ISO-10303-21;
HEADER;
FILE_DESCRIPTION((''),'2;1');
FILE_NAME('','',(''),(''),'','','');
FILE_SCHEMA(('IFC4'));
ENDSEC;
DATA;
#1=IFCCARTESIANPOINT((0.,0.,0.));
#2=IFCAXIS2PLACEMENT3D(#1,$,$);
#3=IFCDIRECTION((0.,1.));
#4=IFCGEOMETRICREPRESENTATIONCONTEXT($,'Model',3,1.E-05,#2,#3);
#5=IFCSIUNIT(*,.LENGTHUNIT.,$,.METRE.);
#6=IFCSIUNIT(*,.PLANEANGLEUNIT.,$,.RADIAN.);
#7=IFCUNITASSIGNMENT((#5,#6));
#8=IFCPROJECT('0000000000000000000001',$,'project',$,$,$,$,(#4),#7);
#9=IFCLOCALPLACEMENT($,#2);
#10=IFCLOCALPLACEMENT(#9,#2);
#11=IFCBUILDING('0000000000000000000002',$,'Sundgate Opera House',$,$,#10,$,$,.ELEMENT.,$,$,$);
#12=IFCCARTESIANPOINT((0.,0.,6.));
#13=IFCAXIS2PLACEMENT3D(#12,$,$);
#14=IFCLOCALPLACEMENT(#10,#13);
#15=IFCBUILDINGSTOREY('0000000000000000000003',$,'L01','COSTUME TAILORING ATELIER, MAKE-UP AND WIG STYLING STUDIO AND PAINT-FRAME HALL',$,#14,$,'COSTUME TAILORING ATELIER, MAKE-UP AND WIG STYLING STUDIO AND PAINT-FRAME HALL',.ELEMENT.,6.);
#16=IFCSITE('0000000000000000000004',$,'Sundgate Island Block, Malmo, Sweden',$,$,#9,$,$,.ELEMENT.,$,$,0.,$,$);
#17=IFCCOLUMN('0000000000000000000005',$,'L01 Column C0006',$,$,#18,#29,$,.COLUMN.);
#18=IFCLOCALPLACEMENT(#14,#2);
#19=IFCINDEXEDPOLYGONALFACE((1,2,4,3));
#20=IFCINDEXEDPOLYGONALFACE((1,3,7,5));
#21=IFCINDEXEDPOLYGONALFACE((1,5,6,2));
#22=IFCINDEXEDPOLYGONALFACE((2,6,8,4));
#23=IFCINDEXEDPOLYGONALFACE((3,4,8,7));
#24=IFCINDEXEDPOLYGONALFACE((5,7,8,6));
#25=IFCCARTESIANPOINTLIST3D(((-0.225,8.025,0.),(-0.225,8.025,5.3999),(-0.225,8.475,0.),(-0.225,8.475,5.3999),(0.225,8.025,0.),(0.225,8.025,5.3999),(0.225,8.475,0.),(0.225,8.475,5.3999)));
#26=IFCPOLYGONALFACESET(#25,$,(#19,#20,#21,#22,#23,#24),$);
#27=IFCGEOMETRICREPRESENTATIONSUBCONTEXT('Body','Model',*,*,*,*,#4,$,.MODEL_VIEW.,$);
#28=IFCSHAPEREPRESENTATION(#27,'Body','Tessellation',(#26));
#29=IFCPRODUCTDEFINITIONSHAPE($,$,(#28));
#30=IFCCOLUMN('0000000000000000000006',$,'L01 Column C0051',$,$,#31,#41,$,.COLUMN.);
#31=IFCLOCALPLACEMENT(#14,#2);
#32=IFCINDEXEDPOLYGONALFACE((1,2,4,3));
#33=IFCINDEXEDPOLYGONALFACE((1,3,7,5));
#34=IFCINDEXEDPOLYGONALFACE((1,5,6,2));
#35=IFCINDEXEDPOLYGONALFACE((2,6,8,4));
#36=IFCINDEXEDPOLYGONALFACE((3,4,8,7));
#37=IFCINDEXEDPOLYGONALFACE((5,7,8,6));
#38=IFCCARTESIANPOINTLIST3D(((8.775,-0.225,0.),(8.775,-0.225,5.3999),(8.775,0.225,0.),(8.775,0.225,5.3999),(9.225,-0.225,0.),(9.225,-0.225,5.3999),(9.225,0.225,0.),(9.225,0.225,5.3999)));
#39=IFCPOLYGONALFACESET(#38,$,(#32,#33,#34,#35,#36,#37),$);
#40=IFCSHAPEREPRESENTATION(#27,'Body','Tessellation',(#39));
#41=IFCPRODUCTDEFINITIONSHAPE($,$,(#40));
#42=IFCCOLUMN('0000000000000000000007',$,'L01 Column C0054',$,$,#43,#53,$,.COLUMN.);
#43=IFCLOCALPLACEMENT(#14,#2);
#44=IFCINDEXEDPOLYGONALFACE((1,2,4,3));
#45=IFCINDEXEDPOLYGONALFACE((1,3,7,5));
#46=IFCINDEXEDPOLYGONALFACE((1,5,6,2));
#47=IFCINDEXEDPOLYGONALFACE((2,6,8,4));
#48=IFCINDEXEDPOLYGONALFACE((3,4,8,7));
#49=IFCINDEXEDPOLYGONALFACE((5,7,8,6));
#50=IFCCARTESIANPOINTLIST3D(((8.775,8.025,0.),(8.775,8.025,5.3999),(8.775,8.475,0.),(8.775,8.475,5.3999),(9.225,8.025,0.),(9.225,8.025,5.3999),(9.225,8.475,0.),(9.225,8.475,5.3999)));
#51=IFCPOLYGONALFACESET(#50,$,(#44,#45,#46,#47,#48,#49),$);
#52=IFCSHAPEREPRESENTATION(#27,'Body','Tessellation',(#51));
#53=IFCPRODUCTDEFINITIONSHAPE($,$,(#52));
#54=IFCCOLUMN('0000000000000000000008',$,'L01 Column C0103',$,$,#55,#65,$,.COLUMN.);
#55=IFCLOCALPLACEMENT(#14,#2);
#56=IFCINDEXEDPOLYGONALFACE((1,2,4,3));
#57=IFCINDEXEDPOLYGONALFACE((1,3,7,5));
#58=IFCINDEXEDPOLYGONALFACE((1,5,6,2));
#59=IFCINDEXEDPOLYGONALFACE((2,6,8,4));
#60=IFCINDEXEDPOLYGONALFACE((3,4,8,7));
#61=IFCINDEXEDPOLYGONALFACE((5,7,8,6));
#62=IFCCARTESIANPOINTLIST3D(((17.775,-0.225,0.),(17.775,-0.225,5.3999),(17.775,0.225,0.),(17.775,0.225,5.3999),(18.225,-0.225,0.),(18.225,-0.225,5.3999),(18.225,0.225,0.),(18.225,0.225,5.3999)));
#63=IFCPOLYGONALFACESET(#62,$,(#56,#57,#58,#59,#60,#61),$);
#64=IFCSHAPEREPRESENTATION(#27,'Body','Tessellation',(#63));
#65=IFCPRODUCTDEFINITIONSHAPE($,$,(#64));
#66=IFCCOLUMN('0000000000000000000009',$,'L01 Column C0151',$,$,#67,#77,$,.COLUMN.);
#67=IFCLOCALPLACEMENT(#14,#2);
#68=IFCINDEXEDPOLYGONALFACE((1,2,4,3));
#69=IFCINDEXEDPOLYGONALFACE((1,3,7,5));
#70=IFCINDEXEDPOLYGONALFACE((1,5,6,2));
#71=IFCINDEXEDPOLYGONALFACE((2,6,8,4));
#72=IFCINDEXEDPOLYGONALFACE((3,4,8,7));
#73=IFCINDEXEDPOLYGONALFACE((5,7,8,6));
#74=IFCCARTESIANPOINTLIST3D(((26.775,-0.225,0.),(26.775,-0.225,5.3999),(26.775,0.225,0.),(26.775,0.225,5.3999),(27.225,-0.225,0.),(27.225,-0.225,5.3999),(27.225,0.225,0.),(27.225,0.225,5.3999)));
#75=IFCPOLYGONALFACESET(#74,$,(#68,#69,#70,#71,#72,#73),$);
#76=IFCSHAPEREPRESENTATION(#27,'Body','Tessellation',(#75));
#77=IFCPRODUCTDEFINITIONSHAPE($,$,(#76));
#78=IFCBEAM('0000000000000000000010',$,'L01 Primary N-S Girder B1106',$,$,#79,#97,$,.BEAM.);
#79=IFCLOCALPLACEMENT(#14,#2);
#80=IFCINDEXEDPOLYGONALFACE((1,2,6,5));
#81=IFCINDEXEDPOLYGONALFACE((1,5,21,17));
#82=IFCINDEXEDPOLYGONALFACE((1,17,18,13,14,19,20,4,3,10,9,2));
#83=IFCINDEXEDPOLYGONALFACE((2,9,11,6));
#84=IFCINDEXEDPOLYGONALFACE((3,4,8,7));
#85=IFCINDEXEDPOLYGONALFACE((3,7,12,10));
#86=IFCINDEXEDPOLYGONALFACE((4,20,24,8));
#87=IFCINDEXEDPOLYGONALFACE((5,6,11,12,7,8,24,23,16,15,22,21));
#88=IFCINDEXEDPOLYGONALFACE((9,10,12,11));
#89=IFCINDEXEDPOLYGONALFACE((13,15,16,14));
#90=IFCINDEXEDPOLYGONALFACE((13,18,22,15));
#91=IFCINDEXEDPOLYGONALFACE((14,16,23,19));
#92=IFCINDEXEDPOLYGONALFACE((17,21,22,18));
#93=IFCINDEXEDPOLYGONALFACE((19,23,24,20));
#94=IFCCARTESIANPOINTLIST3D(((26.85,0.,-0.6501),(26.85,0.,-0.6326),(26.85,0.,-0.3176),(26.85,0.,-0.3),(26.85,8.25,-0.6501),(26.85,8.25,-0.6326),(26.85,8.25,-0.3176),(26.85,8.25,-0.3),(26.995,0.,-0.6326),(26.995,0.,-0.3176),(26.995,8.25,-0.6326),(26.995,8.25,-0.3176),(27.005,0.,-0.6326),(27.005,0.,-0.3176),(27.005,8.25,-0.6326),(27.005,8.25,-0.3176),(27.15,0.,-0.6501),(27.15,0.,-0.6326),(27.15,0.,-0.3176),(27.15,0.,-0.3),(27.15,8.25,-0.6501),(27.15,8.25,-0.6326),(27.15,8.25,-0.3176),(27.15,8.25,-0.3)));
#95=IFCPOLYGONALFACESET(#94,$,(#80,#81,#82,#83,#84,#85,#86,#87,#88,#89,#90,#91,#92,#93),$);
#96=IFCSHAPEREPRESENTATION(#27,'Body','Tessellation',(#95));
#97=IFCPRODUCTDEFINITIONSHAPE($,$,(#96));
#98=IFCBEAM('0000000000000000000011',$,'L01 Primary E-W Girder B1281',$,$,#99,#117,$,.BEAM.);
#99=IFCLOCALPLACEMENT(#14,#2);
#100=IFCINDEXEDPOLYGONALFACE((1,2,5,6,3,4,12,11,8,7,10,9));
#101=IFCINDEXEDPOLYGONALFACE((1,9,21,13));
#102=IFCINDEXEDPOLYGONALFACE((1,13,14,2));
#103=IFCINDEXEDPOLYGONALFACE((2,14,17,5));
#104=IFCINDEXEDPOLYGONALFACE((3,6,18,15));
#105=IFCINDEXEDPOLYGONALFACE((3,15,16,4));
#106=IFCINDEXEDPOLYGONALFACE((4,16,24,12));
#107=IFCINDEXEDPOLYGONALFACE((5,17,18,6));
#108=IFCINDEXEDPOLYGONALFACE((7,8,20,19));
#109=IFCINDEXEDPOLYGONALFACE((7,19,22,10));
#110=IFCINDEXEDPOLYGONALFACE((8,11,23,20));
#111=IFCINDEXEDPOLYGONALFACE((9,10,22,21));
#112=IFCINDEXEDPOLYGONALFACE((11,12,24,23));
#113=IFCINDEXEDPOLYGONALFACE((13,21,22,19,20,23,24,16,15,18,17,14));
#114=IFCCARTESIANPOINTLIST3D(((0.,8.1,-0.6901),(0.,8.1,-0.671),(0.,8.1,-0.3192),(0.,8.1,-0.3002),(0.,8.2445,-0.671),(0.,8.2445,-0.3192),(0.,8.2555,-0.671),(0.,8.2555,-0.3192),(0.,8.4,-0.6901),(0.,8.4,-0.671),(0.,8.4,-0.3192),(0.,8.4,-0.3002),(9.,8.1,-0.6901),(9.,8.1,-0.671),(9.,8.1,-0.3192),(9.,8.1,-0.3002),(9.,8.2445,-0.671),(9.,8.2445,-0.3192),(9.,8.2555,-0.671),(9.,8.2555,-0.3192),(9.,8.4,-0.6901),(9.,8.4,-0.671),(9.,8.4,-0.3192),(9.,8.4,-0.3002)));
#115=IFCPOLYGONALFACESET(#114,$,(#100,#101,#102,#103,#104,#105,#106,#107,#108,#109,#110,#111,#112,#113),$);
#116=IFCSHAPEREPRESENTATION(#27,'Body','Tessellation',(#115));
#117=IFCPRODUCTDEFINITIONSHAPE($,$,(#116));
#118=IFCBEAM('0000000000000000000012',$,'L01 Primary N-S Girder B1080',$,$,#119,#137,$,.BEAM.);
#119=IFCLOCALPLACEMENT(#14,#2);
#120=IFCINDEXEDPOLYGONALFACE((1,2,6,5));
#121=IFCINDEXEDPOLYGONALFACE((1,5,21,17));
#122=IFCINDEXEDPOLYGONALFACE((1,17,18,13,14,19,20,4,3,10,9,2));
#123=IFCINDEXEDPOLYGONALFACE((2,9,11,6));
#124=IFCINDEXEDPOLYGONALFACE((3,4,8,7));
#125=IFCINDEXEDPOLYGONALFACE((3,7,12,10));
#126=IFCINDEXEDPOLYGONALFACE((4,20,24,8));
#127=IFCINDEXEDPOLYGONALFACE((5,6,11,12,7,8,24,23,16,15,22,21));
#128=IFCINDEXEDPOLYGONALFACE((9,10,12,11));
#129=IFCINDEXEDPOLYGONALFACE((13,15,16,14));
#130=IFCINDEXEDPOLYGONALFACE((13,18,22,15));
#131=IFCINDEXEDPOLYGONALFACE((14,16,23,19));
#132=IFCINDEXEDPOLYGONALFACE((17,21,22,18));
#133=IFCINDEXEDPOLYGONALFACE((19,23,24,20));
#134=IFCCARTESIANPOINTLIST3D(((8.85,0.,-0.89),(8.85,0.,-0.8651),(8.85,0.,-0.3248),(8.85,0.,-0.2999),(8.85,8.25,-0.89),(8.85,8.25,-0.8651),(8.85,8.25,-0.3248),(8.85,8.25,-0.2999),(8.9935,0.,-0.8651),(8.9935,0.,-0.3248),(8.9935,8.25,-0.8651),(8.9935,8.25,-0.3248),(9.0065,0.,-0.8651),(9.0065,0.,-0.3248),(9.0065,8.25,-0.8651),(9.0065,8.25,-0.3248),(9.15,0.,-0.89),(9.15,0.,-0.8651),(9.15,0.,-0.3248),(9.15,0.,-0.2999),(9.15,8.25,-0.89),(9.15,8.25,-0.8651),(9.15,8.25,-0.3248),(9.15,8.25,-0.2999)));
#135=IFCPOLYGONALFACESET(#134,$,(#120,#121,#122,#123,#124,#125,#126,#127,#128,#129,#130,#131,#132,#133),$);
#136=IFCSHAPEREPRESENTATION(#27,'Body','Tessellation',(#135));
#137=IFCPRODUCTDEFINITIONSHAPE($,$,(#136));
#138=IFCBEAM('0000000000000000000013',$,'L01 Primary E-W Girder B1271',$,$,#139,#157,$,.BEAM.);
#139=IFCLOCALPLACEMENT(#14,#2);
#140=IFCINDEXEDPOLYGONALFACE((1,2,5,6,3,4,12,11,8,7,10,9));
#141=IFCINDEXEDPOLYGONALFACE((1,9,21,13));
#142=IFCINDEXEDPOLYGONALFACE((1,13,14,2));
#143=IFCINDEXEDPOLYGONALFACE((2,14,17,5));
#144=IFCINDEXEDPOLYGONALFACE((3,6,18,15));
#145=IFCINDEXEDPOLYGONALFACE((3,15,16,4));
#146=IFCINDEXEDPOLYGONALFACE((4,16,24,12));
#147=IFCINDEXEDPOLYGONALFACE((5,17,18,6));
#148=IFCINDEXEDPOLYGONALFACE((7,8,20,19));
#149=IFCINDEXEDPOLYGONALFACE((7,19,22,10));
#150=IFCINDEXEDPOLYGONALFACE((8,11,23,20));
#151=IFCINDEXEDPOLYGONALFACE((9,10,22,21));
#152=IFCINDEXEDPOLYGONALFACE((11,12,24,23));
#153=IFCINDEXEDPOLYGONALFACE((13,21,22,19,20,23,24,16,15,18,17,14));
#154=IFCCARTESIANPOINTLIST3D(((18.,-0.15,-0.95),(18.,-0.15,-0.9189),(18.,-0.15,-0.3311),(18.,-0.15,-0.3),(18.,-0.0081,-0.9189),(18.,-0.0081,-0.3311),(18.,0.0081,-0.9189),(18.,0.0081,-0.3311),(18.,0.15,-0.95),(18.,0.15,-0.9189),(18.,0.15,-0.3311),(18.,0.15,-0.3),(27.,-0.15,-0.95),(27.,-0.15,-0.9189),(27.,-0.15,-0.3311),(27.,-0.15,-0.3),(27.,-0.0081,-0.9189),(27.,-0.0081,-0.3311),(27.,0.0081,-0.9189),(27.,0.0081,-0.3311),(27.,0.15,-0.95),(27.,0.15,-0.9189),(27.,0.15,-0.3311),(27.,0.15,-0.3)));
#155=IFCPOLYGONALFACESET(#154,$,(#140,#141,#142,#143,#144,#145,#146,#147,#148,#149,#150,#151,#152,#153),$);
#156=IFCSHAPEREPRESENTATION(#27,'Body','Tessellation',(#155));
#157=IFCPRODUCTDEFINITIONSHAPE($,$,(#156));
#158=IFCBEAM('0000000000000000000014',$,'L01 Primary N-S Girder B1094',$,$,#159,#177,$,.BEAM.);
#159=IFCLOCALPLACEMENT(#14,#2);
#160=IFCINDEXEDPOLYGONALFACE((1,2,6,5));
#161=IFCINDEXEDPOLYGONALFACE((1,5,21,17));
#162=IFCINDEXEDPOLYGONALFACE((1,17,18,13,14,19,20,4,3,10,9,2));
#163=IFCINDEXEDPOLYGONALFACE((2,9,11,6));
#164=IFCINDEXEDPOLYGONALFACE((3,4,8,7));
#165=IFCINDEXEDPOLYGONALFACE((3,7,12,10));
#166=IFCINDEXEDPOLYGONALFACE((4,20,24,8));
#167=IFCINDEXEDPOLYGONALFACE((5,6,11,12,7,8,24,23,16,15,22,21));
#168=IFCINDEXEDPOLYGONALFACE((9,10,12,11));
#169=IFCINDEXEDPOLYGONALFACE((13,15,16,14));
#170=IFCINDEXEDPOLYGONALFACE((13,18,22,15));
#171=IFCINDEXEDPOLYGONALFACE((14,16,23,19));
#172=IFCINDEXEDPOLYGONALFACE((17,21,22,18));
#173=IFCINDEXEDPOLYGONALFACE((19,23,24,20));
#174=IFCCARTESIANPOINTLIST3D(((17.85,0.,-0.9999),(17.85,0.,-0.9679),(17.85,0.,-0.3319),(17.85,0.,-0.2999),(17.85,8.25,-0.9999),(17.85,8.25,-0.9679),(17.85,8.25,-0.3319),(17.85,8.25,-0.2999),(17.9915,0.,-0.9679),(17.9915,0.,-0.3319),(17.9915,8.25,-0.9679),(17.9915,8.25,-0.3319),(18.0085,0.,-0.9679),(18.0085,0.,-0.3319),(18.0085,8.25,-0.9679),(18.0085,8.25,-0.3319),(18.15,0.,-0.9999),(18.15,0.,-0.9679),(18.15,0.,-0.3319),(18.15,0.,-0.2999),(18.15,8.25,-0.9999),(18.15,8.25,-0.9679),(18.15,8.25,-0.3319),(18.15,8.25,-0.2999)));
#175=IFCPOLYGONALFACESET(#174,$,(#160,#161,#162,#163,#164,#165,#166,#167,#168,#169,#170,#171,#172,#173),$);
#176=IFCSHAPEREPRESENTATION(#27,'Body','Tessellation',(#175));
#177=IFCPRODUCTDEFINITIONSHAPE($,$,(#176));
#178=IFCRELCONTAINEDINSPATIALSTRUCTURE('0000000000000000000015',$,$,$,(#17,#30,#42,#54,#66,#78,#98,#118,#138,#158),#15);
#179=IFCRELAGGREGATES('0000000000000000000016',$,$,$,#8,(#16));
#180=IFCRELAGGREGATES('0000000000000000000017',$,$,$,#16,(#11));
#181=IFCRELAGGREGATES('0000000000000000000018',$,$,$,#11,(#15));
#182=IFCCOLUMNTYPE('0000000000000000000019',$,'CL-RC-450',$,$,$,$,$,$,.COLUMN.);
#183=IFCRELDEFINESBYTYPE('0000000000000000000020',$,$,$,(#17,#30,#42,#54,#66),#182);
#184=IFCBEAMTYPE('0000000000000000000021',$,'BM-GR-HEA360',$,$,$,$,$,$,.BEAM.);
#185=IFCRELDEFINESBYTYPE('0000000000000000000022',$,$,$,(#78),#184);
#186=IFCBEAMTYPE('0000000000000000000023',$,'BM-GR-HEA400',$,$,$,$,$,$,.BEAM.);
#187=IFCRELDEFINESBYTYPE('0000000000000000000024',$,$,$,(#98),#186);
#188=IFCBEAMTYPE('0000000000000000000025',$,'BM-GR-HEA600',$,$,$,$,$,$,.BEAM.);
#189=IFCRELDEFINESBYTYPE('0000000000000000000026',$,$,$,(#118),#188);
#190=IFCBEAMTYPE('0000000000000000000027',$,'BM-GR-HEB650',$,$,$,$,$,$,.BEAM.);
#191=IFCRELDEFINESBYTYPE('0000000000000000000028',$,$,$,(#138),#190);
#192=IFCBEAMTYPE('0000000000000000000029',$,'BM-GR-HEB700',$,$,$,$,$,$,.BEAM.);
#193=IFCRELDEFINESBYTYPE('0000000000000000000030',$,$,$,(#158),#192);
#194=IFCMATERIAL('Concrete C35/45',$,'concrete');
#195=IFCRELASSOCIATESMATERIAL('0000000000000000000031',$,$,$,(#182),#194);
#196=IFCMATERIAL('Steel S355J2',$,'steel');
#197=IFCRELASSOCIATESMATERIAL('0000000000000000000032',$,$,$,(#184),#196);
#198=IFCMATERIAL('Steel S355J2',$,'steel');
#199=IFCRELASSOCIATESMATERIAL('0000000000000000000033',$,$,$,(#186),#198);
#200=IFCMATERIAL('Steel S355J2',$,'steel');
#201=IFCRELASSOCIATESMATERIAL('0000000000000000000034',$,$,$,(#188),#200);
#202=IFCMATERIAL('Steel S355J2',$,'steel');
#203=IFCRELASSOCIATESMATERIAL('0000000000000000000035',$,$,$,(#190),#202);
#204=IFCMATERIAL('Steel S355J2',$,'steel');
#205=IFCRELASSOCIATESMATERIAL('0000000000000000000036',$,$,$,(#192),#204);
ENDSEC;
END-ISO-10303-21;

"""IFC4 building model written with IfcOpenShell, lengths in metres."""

from ifc_helpers import new_model, si_unit, direction, frame, origin, origin_2d, place, context, subcontext, project, spatial, rectangle, i_section, extrude, material, material_profile, profile_set, type_object, element, save


model = new_model("IFC4")

# Units and contexts
model_context = context("Model", 3, precision=1e-05, world=origin(), true_north=direction((0.0, 1.0)))
body_context = subcontext(model_context, "Body", "Model", "MODEL_VIEW")
ifc_project = project(units=[si_unit("LENGTHUNIT", "METRE"), si_unit("PLANEANGLEUNIT", "RADIAN")], contexts=[model_context])

# Site, building, storey
site_placement = place(None, origin())
site = spatial("IfcSite", under=ifc_project, at=site_placement, Name="Sundgate Island Block, Malmo, Sweden", CompositionType="ELEMENT", RefElevation=0.0)
building_placement = place(site_placement, origin())
building = spatial("IfcBuilding", under=site, at=building_placement, Name="Sundgate Opera House", CompositionType="ELEMENT")
storey_placement = place(building_placement, frame((0.0, 0.0, 6.0)))
storey = spatial("IfcBuildingStorey", under=building, at=storey_placement, Name="L01", Description="COSTUME TAILORING ATELIER, MAKE-UP AND WIG STYLING STUDIO AND PAINT-FRAME HALL", LongName="COSTUME TAILORING ATELIER, MAKE-UP AND WIG STYLING STUDIO AND PAINT-FRAME HALL", CompositionType="ELEMENT", Elevation=6.0)

# Columns
ifc_material_1 = material(Name="Concrete C35/45", Category="concrete")
ifc_material_profile_1 = material_profile(ifc_material_1, rectangle(XDim=0.45, YDim=0.45, at=origin_2d()), Name="RC 450x450")
ifc_profile_set_1 = profile_set([ifc_material_profile_1], Name="Concrete C35/45")
column_type = type_object("IfcColumnType", Name="CL-RC-450", PredefinedType="COLUMN", material=ifc_profile_set_1)
for number, where, z_axis, x_axis, name in (
    (1, (0.0, 8.25, 0.0), (0.0, 0.0, 1.0), (1.0, 0.0, 0.0), "L01 Column C0006"),
    (2, (9.0, 0.0, 0.0), (0.0, 0.0, 1.0), (1.0, 0.0, 0.0), "L01 Column C0051"),
    (3, (9.0, 8.25, 0.0), (0.0, 0.0, 1.0), (1.0, 0.0, 0.0), "L01 Column C0054"),
    (4, (18.0, 0.0, 0.0), (0.0, 0.0, 1.0), (1.0, 0.0, 0.0), "L01 Column C0103"),
    (5, (27.0, 0.0, 0.0), (0.0, 0.0, 1.0), (1.0, 0.0, 0.0), "L01 Column C0151"),
):
    element("IfcColumn", number, at=place(storey_placement, frame(where, z_axis=z_axis, x_axis=x_axis)), inside=storey, type_object=column_type, Name=name, PredefinedType="COLUMN", context=body_context, shape_type="SweptSolid", body=[
        extrude(rectangle(XDim=0.45, YDim=0.45, at=origin_2d()), origin(), (0.0, 0.0, 1.0), 5.3999),
    ])

# Beams
ifc_material_2 = material(Name="Steel S355J2", Category="steel")
ifc_material_profile_2 = material_profile(ifc_material_2, i_section(OverallWidth=0.3, OverallDepth=0.3501, WebThickness=0.01, FlangeThickness=0.0176, at=origin_2d()), Name="HEA 360")
ifc_profile_set_2 = profile_set([ifc_material_profile_2], Name="Steel S355J2")
beam_type_1 = type_object("IfcBeamType", Name="BM-GR-HEA360", PredefinedType="BEAM", material=ifc_profile_set_2)
beam_1_placement = place(storey_placement, frame((27.0, 0.0, -0.4751), z_axis=(0.0, 1.0, 0.0), x_axis=(-1.0, 0.0, 0.0)))
element("IfcBeam", 6, at=beam_1_placement, inside=storey, type_object=beam_type_1, Name="L01 Primary N-S Girder B1106", PredefinedType="BEAM", context=body_context, shape_type="SweptSolid", body=[
    extrude(i_section(OverallWidth=0.3, OverallDepth=0.3501, WebThickness=0.01, FlangeThickness=0.0176, at=origin_2d()), origin(), (0.0, 0.0, 1.0), 8.25),
])
ifc_material_3 = material(Name="Steel S355J2", Category="steel")
ifc_material_profile_3 = material_profile(ifc_material_3, i_section(OverallWidth=0.3, OverallDepth=0.3899, WebThickness=0.011, FlangeThickness=0.019, at=origin_2d()), Name="HEA 400")
ifc_profile_set_3 = profile_set([ifc_material_profile_3], Name="Steel S355J2")
beam_type_2 = type_object("IfcBeamType", Name="BM-GR-HEA400", PredefinedType="BEAM", material=ifc_profile_set_3)
beam_2_placement = place(storey_placement, frame((0.0, 8.25, -0.4951), z_axis=(1.0, 0.0, 0.0), x_axis=(0.0, 1.0, 0.0)))
element("IfcBeam", 7, at=beam_2_placement, inside=storey, type_object=beam_type_2, Name="L01 Primary E-W Girder B1281", PredefinedType="BEAM", context=body_context, shape_type="SweptSolid", body=[
    extrude(i_section(OverallWidth=0.3, OverallDepth=0.3899, WebThickness=0.011, FlangeThickness=0.019, at=origin_2d()), origin(), (0.0, 0.0, 1.0), 9.0),
])
ifc_material_4 = material(Name="Steel S355J2", Category="steel")
ifc_material_profile_4 = material_profile(ifc_material_4, i_section(OverallWidth=0.3, OverallDepth=0.5901, WebThickness=0.0129, FlangeThickness=0.0249, at=origin_2d()), Name="HEA 600")
ifc_profile_set_4 = profile_set([ifc_material_profile_4], Name="Steel S355J2")
beam_type_3 = type_object("IfcBeamType", Name="BM-GR-HEA600", PredefinedType="BEAM", material=ifc_profile_set_4)
beam_3_placement = place(storey_placement, frame((9.0, 0.0, -0.595), z_axis=(0.0, 1.0, 0.0), x_axis=(-1.0, 0.0, 0.0)))
element("IfcBeam", 8, at=beam_3_placement, inside=storey, type_object=beam_type_3, Name="L01 Primary N-S Girder B1080", PredefinedType="BEAM", context=body_context, shape_type="SweptSolid", body=[
    extrude(i_section(OverallWidth=0.3, OverallDepth=0.5901, WebThickness=0.0129, FlangeThickness=0.0249, at=origin_2d()), origin(), (0.0, 0.0, 1.0), 8.25),
])
ifc_material_5 = material(Name="Steel S355J2", Category="steel")
ifc_material_profile_5 = material_profile(ifc_material_5, i_section(OverallWidth=0.3, OverallDepth=0.6499, WebThickness=0.0161, FlangeThickness=0.031, at=origin_2d()), Name="HEB 650")
ifc_profile_set_5 = profile_set([ifc_material_profile_5], Name="Steel S355J2")
beam_type_4 = type_object("IfcBeamType", Name="BM-GR-HEB650", PredefinedType="BEAM", material=ifc_profile_set_5)
beam_4_placement = place(storey_placement, frame((18.0, 0.0, -0.625), z_axis=(1.0, 0.0, 0.0), x_axis=(0.0, 1.0, 0.0)))
element("IfcBeam", 9, at=beam_4_placement, inside=storey, type_object=beam_type_4, Name="L01 Primary E-W Girder B1271", PredefinedType="BEAM", context=body_context, shape_type="SweptSolid", body=[
    extrude(i_section(OverallWidth=0.3, OverallDepth=0.6499, WebThickness=0.0161, FlangeThickness=0.031, at=origin_2d()), origin(), (0.0, 0.0, 1.0), 9.0),
])
ifc_material_6 = material(Name="Steel S355J2", Category="steel")
ifc_material_profile_6 = material_profile(ifc_material_6, i_section(OverallWidth=0.3, OverallDepth=0.7, WebThickness=0.0171, FlangeThickness=0.032, at=origin_2d()), Name="HEB 700")
ifc_profile_set_6 = profile_set([ifc_material_profile_6], Name="Steel S355J2")
beam_type_5 = type_object("IfcBeamType", Name="BM-GR-HEB700", PredefinedType="BEAM", material=ifc_profile_set_6)
beam_5_placement = place(storey_placement, frame((18.0, 0.0, -0.6499), z_axis=(0.0, 1.0, 0.0), x_axis=(-1.0, 0.0, 0.0)))
element("IfcBeam", 10, at=beam_5_placement, inside=storey, type_object=beam_type_5, Name="L01 Primary N-S Girder B1094", PredefinedType="BEAM", context=body_context, shape_type="SweptSolid", body=[
    extrude(i_section(OverallWidth=0.3, OverallDepth=0.7, WebThickness=0.0171, FlangeThickness=0.032, at=origin_2d()), origin(), (0.0, 0.0, 1.0), 8.25),
])

save(model, "model.ifc")
